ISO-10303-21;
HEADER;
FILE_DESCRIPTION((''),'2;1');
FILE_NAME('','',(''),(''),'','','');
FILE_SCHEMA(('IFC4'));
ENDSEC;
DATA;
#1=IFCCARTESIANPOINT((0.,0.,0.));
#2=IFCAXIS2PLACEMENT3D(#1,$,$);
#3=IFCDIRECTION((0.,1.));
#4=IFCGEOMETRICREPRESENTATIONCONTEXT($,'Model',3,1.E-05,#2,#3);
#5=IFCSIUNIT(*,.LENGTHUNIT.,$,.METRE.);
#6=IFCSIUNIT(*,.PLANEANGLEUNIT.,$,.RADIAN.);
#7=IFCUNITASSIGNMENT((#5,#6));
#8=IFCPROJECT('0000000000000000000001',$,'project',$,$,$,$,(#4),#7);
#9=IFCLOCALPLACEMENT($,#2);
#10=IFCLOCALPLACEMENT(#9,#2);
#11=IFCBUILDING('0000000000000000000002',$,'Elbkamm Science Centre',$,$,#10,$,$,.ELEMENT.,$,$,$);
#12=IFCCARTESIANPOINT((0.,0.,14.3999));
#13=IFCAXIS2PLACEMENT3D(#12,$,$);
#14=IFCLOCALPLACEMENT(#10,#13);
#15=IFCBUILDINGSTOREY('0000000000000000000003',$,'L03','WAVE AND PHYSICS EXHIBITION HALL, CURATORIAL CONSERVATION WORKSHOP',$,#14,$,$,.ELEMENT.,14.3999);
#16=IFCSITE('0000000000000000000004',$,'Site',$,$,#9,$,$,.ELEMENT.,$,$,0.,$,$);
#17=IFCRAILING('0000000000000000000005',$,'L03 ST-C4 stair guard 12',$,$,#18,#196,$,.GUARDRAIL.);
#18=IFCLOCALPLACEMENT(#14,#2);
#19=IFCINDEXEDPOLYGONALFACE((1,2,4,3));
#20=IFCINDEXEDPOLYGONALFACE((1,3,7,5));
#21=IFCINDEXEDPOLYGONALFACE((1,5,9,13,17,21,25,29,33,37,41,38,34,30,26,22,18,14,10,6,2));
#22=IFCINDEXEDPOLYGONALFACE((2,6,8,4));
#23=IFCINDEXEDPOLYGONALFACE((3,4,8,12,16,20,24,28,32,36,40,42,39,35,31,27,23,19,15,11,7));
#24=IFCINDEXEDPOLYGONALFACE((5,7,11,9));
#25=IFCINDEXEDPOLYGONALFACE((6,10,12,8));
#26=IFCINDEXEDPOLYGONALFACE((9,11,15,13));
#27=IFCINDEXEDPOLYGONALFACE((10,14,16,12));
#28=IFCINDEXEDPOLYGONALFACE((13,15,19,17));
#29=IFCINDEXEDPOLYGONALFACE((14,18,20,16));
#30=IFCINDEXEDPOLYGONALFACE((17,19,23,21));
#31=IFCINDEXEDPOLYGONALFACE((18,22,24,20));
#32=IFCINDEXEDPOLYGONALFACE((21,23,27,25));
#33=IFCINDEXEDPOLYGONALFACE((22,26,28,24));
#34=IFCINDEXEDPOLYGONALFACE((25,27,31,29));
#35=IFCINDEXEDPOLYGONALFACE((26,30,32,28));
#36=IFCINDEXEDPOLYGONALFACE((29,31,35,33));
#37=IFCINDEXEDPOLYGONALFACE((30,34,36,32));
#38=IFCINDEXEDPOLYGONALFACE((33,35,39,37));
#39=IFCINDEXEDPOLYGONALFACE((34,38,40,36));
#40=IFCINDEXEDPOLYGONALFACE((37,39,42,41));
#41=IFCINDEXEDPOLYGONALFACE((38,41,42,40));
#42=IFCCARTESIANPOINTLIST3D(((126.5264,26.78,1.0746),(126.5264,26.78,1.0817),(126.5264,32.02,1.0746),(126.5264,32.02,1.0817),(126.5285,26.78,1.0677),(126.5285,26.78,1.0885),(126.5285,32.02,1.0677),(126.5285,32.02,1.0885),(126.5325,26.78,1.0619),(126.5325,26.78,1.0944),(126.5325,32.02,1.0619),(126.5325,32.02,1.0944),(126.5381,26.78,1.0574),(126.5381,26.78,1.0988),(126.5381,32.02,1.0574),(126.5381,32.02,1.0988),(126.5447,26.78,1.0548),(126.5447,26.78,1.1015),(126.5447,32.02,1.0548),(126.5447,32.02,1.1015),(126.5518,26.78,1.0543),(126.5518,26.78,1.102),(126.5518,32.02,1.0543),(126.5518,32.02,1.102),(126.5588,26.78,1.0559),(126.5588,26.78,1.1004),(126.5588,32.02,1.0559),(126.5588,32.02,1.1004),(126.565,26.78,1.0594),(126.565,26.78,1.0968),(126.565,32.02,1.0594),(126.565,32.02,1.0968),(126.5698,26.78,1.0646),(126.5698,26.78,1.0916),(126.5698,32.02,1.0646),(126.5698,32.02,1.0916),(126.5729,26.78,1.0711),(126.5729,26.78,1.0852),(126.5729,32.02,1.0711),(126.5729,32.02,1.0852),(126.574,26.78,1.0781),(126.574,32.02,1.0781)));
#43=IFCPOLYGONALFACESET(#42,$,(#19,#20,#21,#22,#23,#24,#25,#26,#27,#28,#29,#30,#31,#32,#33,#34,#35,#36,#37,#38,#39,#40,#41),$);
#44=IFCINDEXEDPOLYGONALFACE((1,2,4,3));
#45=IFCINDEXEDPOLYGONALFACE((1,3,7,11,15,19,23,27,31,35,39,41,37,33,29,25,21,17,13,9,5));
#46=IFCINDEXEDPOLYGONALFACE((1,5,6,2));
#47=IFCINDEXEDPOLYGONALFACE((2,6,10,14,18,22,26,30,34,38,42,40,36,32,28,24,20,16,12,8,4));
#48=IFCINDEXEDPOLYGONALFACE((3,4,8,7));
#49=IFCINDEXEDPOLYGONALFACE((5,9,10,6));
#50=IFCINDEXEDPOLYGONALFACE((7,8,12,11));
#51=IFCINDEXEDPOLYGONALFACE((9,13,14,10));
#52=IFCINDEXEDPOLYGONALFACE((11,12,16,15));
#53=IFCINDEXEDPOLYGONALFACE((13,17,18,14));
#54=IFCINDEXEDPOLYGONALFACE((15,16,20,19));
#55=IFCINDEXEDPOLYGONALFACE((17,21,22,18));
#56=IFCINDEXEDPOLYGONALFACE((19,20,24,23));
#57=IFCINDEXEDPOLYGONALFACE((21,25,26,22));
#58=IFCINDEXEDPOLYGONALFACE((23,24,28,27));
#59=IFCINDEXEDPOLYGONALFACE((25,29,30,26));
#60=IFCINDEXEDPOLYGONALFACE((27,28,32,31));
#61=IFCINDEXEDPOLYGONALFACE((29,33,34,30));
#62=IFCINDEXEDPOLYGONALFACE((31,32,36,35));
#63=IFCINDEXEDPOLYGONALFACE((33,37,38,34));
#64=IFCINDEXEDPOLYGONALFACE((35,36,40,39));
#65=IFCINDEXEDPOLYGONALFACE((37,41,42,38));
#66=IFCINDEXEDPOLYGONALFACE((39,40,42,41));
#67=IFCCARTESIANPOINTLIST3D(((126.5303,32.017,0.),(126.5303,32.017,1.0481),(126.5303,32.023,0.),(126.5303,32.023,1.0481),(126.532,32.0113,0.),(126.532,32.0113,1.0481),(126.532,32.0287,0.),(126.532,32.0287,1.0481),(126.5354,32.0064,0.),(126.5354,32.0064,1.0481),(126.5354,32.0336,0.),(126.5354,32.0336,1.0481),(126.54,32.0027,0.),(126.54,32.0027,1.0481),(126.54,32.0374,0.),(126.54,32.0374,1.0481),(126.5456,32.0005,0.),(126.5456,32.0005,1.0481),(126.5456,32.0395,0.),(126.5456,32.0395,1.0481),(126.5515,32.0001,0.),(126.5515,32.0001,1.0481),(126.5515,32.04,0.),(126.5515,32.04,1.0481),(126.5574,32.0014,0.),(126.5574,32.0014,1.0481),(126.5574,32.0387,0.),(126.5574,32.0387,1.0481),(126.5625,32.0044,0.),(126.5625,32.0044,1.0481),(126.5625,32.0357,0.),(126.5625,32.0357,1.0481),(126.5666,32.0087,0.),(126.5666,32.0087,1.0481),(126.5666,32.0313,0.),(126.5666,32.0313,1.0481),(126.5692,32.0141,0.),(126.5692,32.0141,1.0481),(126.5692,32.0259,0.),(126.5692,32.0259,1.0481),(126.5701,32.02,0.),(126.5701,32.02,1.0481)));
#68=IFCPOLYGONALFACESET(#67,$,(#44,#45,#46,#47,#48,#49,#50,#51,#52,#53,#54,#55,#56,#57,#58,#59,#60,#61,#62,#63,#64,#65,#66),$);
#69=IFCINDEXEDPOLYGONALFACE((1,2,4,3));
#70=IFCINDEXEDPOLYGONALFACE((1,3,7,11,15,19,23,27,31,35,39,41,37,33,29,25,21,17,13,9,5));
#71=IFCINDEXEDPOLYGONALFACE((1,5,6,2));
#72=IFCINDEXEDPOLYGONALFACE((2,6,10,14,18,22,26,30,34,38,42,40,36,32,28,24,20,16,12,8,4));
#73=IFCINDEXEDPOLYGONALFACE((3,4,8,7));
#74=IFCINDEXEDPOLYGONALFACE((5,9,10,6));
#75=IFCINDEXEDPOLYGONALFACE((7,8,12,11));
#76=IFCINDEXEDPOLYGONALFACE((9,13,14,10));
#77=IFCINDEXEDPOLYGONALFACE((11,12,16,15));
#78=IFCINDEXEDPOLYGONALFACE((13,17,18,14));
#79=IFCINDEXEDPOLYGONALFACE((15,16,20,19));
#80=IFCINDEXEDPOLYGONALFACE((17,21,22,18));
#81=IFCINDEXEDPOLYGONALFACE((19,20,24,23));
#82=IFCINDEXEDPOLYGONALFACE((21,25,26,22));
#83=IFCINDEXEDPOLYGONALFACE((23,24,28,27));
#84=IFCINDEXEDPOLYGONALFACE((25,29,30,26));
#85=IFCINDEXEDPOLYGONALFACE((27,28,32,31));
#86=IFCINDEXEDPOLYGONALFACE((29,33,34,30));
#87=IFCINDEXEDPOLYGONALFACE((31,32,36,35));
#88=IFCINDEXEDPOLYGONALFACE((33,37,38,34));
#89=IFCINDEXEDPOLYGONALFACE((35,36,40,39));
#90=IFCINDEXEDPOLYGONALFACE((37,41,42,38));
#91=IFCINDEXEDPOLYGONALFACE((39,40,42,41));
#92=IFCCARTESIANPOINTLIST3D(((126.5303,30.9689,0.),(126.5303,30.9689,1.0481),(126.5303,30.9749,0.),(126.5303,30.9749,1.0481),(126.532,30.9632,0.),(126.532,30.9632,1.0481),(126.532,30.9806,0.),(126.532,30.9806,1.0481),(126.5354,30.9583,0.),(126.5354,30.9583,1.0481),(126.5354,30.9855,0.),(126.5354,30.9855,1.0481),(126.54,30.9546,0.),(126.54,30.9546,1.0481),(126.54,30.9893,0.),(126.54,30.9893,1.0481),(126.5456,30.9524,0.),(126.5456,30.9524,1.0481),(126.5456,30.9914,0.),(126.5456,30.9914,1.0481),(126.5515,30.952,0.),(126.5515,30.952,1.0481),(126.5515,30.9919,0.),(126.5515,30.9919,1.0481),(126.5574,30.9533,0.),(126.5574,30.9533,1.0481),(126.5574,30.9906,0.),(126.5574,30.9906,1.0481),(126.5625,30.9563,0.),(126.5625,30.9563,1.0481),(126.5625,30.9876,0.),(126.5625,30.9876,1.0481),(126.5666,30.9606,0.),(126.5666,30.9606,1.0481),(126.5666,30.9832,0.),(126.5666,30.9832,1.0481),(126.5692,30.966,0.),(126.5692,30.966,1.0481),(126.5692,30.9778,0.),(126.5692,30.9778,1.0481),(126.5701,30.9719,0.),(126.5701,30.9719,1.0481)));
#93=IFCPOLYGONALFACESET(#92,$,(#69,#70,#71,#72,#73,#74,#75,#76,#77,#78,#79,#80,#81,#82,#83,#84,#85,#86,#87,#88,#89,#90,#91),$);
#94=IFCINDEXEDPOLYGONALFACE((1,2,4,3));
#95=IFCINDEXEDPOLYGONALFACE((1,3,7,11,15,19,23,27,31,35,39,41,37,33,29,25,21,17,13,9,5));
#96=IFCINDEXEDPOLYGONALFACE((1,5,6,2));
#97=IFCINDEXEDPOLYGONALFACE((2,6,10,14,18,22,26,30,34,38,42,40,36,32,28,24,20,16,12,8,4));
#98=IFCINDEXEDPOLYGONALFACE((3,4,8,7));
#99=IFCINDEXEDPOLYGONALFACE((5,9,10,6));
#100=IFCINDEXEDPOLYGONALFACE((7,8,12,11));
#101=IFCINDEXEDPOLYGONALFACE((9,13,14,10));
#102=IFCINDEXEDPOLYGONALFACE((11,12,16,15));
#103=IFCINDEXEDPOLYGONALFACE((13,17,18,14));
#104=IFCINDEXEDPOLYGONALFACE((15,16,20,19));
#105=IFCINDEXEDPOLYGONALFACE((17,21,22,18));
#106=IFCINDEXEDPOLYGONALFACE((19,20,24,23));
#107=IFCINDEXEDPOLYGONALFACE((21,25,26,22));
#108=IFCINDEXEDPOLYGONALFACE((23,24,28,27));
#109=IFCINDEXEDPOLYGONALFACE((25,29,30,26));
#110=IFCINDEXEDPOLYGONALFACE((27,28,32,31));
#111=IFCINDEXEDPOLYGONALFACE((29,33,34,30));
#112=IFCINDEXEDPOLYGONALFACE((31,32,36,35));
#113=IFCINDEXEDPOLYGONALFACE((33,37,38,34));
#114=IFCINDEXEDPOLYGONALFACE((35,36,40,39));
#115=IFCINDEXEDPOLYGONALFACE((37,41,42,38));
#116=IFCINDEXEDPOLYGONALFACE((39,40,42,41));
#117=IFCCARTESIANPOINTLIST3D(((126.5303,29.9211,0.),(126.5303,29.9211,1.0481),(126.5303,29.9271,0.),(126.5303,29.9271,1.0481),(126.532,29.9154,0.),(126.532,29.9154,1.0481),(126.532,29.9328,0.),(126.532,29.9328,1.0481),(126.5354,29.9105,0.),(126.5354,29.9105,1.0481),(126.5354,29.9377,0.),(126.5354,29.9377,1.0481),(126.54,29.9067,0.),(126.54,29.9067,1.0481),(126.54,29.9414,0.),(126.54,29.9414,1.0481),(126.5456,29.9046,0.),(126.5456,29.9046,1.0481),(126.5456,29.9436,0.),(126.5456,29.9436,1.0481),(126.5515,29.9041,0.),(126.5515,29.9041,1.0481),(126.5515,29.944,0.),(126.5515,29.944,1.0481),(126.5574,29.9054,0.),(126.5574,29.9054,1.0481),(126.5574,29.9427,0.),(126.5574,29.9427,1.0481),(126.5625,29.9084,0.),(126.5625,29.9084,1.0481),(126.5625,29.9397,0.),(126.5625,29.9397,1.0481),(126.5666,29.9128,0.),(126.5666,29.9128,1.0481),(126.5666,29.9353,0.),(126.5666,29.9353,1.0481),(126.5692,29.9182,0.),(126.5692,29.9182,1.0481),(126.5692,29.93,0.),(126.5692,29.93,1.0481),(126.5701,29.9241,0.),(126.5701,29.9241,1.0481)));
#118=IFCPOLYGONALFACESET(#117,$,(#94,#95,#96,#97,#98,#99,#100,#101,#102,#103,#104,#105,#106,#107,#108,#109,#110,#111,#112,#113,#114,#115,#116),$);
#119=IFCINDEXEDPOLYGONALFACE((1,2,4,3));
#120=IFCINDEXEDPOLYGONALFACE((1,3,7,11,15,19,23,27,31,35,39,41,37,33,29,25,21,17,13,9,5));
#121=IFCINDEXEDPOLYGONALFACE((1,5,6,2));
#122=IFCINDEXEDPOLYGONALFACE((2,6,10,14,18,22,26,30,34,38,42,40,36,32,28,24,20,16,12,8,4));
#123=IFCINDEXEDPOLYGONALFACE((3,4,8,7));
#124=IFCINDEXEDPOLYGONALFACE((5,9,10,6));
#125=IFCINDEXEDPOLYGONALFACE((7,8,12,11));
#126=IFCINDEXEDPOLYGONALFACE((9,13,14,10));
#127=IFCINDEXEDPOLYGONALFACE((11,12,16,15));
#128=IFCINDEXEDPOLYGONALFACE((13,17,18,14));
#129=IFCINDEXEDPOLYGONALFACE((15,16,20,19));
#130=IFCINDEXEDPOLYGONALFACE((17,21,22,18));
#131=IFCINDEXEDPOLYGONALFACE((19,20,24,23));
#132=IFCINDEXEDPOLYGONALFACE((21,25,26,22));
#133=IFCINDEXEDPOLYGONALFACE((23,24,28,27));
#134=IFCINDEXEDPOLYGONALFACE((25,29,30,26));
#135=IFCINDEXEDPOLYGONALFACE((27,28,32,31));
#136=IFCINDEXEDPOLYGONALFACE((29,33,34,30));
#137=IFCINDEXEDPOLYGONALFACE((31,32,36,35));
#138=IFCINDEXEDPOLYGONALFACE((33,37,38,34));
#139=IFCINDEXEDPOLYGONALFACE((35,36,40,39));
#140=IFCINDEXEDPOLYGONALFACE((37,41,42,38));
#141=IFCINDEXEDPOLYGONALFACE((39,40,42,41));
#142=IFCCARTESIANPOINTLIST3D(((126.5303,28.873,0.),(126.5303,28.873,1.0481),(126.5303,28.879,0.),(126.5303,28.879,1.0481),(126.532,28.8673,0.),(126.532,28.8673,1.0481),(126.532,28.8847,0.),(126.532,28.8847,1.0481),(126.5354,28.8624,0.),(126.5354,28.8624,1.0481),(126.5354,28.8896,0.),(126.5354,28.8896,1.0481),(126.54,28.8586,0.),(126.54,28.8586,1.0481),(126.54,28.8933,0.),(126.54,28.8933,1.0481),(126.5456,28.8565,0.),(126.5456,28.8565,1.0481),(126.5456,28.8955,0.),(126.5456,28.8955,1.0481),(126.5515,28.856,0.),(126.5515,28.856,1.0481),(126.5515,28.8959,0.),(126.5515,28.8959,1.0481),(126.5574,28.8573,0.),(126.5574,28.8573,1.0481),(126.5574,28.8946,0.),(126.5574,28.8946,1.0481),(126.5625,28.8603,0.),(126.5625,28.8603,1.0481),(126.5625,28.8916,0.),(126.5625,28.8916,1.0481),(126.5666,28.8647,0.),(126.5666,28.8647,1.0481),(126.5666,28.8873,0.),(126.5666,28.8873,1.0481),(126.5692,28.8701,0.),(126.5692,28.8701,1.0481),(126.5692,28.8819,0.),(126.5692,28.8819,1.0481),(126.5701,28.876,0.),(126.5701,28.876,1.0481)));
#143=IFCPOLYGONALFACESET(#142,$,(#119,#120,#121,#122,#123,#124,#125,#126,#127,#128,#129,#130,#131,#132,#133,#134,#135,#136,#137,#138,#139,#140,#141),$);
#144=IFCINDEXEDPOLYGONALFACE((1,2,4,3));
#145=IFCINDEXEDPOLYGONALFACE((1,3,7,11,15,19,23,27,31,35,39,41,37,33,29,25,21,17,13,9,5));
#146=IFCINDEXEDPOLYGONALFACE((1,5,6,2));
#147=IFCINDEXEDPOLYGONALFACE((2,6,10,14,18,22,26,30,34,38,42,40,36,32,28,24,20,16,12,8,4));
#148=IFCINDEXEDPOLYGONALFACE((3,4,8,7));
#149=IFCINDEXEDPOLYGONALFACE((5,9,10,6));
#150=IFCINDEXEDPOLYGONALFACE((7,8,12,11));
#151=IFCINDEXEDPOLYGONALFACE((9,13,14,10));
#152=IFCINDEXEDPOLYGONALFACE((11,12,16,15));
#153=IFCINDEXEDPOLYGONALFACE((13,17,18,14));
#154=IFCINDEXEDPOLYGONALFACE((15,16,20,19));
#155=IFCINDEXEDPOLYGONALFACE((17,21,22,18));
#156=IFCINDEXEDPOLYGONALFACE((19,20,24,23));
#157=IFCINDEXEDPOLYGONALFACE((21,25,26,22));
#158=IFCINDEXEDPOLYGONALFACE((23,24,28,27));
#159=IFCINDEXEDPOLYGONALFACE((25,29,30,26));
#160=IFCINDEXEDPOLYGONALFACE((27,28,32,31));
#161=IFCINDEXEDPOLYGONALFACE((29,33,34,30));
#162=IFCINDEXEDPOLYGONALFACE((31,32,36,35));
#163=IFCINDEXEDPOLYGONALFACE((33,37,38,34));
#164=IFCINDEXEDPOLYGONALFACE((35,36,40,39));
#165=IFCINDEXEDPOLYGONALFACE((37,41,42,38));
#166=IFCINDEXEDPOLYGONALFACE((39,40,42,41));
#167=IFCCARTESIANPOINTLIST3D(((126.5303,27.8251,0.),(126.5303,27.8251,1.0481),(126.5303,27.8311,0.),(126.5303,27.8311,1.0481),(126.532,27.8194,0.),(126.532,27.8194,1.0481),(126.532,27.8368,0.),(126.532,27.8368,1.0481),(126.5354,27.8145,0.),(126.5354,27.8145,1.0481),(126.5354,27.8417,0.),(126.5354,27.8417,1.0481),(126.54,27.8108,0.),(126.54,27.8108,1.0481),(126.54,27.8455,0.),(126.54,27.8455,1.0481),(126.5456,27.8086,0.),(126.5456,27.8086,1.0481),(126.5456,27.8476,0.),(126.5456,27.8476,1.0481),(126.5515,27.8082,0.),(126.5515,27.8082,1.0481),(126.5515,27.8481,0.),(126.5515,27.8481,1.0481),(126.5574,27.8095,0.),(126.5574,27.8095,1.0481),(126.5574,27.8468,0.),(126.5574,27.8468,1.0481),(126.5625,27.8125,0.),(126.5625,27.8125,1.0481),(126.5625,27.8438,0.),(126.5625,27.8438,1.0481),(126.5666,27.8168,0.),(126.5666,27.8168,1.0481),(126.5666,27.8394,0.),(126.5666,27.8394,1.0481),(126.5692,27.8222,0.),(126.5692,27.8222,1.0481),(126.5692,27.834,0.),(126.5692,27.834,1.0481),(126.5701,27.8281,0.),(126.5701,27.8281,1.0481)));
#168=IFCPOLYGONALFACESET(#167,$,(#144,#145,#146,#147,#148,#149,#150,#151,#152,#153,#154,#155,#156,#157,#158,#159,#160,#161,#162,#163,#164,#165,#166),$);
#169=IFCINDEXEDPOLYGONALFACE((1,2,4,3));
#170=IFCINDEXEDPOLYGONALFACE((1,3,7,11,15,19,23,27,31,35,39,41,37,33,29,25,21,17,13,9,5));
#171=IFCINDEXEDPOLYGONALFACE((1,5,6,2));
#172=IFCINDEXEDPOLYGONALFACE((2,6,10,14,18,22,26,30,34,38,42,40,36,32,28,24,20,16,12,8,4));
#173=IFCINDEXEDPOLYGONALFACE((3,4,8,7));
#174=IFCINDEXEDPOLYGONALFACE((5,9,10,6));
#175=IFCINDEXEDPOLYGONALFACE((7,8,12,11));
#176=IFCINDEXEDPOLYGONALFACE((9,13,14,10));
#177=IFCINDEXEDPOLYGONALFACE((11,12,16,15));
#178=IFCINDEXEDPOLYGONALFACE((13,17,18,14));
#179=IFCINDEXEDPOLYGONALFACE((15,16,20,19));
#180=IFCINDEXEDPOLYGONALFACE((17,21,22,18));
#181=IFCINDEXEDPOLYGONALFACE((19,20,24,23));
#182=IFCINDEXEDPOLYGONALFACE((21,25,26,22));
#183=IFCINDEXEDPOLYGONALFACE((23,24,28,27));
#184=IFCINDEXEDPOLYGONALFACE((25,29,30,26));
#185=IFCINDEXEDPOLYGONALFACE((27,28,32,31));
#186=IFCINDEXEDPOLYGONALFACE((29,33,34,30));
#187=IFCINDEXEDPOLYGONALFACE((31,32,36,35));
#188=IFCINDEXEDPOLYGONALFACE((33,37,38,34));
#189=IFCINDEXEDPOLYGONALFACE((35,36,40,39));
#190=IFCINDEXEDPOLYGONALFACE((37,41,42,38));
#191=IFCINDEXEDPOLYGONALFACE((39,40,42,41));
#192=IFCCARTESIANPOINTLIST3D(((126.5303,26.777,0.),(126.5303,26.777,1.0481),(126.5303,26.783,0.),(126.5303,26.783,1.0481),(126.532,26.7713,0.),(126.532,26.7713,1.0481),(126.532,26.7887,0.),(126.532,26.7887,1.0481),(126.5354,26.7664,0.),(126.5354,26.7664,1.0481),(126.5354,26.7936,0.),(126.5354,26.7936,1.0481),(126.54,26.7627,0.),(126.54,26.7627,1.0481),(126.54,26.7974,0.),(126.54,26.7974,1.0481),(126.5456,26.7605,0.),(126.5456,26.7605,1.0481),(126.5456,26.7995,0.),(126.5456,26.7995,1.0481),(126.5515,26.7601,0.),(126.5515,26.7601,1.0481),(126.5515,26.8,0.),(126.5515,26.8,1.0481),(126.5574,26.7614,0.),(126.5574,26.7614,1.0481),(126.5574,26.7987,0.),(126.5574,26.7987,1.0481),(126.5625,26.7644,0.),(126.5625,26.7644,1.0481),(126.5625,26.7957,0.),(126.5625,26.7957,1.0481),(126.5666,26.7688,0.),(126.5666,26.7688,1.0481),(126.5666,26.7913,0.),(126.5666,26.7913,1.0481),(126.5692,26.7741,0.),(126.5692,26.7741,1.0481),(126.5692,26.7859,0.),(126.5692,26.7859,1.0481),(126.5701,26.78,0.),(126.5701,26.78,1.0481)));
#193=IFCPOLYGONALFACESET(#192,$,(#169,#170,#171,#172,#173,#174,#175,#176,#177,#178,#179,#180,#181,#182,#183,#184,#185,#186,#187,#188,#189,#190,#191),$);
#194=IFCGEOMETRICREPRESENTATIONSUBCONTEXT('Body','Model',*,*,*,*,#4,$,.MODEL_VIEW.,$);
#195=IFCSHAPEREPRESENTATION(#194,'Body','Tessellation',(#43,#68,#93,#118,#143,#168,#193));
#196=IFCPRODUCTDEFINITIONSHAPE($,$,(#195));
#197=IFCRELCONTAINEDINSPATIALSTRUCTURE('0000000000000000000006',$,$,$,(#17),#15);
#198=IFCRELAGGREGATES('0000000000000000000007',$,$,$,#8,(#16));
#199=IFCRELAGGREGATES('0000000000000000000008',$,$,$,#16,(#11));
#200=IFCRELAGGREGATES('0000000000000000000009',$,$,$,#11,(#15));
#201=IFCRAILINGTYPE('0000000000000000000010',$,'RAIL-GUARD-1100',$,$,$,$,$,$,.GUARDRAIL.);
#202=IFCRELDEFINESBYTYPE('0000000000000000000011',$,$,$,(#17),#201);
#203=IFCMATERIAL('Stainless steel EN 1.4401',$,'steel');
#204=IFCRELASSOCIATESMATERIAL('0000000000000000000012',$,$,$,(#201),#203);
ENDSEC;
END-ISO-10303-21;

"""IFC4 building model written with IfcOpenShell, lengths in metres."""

from ifc_helpers import new_model, si_unit, direction, frame, origin, origin_2d, place, context, subcontext, project, spatial, circle, extrude, material, type_object, element, save


model = new_model("IFC4")

# Units and contexts
model_context = context("Model", 3, precision=1e-05, world=origin(), true_north=direction((0.0, 1.0)))
body_context = subcontext(model_context, "Body", "Model", "MODEL_VIEW")
ifc_project = project(units=[si_unit("LENGTHUNIT", "METRE"), si_unit("PLANEANGLEUNIT", "RADIAN")], contexts=[model_context])

# Site, building, storey
site_placement = place(None, origin())
site = spatial("IfcSite", under=ifc_project, at=site_placement, Name="Site", CompositionType="ELEMENT", RefElevation=0.0)
building_placement = place(site_placement, origin())
building = spatial("IfcBuilding", under=site, at=building_placement, Name="Elbkamm Science Centre", CompositionType="ELEMENT")
storey_placement = place(building_placement, frame((0.0, 0.0, 14.3999)))
storey = spatial("IfcBuildingStorey", under=building, at=storey_placement, Name="L03", Description="WAVE AND PHYSICS EXHIBITION HALL, CURATORIAL CONSERVATION WORKSHOP", CompositionType="ELEMENT", Elevation=14.3999)

# Railing
ifc_material_1 = material(Name="Stainless steel EN 1.4401", Category="steel")
railing_type_1 = type_object("IfcRailingType", Name="RAIL-GUARD-1100", PredefinedType="GUARDRAIL", material=ifc_material_1)
railing_1_placement = place(storey_placement, frame((126.55, 32.02, 0.0)))
element("IfcRailing", 1, at=railing_1_placement, inside=storey, type_object=railing_type_1, Name="L03 ST-C4 stair guard 12", PredefinedType="GUARDRAIL", context=body_context, shape_type="SweptSolid", body=[
    extrude(circle(Radius=0.0239, at=origin_2d()), frame((0.0, 0.0, 1.0781), z_axis=(0.0, -1.0, 0.0), x_axis=(1.0, 0.0, 0.0)), (0.0, 0.0, 1.0), 5.24),
    extrude(circle(Radius=0.02, at=origin_2d()), origin(), (0.0, 0.0, 1.0), 1.0481),
    extrude(circle(Radius=0.02, at=origin_2d()), frame((0.0, -1.0481, 0.0)), (0.0, 0.0, 1.0), 1.0481),
    extrude(circle(Radius=0.02, at=origin_2d()), frame((0.0, -2.0959, 0.0)), (0.0, 0.0, 1.0), 1.0481),
    extrude(circle(Radius=0.02, at=origin_2d()), frame((0.0, -3.144, 0.0)), (0.0, 0.0, 1.0), 1.0481),
    extrude(circle(Radius=0.02, at=origin_2d()), frame((0.0, -4.1919, 0.0)), (0.0, 0.0, 1.0), 1.0481),
    extrude(circle(Radius=0.02, at=origin_2d()), frame((0.0, -5.24, 0.0)), (0.0, 0.0, 1.0), 1.0481),
])

save(model, "model.ifc")
